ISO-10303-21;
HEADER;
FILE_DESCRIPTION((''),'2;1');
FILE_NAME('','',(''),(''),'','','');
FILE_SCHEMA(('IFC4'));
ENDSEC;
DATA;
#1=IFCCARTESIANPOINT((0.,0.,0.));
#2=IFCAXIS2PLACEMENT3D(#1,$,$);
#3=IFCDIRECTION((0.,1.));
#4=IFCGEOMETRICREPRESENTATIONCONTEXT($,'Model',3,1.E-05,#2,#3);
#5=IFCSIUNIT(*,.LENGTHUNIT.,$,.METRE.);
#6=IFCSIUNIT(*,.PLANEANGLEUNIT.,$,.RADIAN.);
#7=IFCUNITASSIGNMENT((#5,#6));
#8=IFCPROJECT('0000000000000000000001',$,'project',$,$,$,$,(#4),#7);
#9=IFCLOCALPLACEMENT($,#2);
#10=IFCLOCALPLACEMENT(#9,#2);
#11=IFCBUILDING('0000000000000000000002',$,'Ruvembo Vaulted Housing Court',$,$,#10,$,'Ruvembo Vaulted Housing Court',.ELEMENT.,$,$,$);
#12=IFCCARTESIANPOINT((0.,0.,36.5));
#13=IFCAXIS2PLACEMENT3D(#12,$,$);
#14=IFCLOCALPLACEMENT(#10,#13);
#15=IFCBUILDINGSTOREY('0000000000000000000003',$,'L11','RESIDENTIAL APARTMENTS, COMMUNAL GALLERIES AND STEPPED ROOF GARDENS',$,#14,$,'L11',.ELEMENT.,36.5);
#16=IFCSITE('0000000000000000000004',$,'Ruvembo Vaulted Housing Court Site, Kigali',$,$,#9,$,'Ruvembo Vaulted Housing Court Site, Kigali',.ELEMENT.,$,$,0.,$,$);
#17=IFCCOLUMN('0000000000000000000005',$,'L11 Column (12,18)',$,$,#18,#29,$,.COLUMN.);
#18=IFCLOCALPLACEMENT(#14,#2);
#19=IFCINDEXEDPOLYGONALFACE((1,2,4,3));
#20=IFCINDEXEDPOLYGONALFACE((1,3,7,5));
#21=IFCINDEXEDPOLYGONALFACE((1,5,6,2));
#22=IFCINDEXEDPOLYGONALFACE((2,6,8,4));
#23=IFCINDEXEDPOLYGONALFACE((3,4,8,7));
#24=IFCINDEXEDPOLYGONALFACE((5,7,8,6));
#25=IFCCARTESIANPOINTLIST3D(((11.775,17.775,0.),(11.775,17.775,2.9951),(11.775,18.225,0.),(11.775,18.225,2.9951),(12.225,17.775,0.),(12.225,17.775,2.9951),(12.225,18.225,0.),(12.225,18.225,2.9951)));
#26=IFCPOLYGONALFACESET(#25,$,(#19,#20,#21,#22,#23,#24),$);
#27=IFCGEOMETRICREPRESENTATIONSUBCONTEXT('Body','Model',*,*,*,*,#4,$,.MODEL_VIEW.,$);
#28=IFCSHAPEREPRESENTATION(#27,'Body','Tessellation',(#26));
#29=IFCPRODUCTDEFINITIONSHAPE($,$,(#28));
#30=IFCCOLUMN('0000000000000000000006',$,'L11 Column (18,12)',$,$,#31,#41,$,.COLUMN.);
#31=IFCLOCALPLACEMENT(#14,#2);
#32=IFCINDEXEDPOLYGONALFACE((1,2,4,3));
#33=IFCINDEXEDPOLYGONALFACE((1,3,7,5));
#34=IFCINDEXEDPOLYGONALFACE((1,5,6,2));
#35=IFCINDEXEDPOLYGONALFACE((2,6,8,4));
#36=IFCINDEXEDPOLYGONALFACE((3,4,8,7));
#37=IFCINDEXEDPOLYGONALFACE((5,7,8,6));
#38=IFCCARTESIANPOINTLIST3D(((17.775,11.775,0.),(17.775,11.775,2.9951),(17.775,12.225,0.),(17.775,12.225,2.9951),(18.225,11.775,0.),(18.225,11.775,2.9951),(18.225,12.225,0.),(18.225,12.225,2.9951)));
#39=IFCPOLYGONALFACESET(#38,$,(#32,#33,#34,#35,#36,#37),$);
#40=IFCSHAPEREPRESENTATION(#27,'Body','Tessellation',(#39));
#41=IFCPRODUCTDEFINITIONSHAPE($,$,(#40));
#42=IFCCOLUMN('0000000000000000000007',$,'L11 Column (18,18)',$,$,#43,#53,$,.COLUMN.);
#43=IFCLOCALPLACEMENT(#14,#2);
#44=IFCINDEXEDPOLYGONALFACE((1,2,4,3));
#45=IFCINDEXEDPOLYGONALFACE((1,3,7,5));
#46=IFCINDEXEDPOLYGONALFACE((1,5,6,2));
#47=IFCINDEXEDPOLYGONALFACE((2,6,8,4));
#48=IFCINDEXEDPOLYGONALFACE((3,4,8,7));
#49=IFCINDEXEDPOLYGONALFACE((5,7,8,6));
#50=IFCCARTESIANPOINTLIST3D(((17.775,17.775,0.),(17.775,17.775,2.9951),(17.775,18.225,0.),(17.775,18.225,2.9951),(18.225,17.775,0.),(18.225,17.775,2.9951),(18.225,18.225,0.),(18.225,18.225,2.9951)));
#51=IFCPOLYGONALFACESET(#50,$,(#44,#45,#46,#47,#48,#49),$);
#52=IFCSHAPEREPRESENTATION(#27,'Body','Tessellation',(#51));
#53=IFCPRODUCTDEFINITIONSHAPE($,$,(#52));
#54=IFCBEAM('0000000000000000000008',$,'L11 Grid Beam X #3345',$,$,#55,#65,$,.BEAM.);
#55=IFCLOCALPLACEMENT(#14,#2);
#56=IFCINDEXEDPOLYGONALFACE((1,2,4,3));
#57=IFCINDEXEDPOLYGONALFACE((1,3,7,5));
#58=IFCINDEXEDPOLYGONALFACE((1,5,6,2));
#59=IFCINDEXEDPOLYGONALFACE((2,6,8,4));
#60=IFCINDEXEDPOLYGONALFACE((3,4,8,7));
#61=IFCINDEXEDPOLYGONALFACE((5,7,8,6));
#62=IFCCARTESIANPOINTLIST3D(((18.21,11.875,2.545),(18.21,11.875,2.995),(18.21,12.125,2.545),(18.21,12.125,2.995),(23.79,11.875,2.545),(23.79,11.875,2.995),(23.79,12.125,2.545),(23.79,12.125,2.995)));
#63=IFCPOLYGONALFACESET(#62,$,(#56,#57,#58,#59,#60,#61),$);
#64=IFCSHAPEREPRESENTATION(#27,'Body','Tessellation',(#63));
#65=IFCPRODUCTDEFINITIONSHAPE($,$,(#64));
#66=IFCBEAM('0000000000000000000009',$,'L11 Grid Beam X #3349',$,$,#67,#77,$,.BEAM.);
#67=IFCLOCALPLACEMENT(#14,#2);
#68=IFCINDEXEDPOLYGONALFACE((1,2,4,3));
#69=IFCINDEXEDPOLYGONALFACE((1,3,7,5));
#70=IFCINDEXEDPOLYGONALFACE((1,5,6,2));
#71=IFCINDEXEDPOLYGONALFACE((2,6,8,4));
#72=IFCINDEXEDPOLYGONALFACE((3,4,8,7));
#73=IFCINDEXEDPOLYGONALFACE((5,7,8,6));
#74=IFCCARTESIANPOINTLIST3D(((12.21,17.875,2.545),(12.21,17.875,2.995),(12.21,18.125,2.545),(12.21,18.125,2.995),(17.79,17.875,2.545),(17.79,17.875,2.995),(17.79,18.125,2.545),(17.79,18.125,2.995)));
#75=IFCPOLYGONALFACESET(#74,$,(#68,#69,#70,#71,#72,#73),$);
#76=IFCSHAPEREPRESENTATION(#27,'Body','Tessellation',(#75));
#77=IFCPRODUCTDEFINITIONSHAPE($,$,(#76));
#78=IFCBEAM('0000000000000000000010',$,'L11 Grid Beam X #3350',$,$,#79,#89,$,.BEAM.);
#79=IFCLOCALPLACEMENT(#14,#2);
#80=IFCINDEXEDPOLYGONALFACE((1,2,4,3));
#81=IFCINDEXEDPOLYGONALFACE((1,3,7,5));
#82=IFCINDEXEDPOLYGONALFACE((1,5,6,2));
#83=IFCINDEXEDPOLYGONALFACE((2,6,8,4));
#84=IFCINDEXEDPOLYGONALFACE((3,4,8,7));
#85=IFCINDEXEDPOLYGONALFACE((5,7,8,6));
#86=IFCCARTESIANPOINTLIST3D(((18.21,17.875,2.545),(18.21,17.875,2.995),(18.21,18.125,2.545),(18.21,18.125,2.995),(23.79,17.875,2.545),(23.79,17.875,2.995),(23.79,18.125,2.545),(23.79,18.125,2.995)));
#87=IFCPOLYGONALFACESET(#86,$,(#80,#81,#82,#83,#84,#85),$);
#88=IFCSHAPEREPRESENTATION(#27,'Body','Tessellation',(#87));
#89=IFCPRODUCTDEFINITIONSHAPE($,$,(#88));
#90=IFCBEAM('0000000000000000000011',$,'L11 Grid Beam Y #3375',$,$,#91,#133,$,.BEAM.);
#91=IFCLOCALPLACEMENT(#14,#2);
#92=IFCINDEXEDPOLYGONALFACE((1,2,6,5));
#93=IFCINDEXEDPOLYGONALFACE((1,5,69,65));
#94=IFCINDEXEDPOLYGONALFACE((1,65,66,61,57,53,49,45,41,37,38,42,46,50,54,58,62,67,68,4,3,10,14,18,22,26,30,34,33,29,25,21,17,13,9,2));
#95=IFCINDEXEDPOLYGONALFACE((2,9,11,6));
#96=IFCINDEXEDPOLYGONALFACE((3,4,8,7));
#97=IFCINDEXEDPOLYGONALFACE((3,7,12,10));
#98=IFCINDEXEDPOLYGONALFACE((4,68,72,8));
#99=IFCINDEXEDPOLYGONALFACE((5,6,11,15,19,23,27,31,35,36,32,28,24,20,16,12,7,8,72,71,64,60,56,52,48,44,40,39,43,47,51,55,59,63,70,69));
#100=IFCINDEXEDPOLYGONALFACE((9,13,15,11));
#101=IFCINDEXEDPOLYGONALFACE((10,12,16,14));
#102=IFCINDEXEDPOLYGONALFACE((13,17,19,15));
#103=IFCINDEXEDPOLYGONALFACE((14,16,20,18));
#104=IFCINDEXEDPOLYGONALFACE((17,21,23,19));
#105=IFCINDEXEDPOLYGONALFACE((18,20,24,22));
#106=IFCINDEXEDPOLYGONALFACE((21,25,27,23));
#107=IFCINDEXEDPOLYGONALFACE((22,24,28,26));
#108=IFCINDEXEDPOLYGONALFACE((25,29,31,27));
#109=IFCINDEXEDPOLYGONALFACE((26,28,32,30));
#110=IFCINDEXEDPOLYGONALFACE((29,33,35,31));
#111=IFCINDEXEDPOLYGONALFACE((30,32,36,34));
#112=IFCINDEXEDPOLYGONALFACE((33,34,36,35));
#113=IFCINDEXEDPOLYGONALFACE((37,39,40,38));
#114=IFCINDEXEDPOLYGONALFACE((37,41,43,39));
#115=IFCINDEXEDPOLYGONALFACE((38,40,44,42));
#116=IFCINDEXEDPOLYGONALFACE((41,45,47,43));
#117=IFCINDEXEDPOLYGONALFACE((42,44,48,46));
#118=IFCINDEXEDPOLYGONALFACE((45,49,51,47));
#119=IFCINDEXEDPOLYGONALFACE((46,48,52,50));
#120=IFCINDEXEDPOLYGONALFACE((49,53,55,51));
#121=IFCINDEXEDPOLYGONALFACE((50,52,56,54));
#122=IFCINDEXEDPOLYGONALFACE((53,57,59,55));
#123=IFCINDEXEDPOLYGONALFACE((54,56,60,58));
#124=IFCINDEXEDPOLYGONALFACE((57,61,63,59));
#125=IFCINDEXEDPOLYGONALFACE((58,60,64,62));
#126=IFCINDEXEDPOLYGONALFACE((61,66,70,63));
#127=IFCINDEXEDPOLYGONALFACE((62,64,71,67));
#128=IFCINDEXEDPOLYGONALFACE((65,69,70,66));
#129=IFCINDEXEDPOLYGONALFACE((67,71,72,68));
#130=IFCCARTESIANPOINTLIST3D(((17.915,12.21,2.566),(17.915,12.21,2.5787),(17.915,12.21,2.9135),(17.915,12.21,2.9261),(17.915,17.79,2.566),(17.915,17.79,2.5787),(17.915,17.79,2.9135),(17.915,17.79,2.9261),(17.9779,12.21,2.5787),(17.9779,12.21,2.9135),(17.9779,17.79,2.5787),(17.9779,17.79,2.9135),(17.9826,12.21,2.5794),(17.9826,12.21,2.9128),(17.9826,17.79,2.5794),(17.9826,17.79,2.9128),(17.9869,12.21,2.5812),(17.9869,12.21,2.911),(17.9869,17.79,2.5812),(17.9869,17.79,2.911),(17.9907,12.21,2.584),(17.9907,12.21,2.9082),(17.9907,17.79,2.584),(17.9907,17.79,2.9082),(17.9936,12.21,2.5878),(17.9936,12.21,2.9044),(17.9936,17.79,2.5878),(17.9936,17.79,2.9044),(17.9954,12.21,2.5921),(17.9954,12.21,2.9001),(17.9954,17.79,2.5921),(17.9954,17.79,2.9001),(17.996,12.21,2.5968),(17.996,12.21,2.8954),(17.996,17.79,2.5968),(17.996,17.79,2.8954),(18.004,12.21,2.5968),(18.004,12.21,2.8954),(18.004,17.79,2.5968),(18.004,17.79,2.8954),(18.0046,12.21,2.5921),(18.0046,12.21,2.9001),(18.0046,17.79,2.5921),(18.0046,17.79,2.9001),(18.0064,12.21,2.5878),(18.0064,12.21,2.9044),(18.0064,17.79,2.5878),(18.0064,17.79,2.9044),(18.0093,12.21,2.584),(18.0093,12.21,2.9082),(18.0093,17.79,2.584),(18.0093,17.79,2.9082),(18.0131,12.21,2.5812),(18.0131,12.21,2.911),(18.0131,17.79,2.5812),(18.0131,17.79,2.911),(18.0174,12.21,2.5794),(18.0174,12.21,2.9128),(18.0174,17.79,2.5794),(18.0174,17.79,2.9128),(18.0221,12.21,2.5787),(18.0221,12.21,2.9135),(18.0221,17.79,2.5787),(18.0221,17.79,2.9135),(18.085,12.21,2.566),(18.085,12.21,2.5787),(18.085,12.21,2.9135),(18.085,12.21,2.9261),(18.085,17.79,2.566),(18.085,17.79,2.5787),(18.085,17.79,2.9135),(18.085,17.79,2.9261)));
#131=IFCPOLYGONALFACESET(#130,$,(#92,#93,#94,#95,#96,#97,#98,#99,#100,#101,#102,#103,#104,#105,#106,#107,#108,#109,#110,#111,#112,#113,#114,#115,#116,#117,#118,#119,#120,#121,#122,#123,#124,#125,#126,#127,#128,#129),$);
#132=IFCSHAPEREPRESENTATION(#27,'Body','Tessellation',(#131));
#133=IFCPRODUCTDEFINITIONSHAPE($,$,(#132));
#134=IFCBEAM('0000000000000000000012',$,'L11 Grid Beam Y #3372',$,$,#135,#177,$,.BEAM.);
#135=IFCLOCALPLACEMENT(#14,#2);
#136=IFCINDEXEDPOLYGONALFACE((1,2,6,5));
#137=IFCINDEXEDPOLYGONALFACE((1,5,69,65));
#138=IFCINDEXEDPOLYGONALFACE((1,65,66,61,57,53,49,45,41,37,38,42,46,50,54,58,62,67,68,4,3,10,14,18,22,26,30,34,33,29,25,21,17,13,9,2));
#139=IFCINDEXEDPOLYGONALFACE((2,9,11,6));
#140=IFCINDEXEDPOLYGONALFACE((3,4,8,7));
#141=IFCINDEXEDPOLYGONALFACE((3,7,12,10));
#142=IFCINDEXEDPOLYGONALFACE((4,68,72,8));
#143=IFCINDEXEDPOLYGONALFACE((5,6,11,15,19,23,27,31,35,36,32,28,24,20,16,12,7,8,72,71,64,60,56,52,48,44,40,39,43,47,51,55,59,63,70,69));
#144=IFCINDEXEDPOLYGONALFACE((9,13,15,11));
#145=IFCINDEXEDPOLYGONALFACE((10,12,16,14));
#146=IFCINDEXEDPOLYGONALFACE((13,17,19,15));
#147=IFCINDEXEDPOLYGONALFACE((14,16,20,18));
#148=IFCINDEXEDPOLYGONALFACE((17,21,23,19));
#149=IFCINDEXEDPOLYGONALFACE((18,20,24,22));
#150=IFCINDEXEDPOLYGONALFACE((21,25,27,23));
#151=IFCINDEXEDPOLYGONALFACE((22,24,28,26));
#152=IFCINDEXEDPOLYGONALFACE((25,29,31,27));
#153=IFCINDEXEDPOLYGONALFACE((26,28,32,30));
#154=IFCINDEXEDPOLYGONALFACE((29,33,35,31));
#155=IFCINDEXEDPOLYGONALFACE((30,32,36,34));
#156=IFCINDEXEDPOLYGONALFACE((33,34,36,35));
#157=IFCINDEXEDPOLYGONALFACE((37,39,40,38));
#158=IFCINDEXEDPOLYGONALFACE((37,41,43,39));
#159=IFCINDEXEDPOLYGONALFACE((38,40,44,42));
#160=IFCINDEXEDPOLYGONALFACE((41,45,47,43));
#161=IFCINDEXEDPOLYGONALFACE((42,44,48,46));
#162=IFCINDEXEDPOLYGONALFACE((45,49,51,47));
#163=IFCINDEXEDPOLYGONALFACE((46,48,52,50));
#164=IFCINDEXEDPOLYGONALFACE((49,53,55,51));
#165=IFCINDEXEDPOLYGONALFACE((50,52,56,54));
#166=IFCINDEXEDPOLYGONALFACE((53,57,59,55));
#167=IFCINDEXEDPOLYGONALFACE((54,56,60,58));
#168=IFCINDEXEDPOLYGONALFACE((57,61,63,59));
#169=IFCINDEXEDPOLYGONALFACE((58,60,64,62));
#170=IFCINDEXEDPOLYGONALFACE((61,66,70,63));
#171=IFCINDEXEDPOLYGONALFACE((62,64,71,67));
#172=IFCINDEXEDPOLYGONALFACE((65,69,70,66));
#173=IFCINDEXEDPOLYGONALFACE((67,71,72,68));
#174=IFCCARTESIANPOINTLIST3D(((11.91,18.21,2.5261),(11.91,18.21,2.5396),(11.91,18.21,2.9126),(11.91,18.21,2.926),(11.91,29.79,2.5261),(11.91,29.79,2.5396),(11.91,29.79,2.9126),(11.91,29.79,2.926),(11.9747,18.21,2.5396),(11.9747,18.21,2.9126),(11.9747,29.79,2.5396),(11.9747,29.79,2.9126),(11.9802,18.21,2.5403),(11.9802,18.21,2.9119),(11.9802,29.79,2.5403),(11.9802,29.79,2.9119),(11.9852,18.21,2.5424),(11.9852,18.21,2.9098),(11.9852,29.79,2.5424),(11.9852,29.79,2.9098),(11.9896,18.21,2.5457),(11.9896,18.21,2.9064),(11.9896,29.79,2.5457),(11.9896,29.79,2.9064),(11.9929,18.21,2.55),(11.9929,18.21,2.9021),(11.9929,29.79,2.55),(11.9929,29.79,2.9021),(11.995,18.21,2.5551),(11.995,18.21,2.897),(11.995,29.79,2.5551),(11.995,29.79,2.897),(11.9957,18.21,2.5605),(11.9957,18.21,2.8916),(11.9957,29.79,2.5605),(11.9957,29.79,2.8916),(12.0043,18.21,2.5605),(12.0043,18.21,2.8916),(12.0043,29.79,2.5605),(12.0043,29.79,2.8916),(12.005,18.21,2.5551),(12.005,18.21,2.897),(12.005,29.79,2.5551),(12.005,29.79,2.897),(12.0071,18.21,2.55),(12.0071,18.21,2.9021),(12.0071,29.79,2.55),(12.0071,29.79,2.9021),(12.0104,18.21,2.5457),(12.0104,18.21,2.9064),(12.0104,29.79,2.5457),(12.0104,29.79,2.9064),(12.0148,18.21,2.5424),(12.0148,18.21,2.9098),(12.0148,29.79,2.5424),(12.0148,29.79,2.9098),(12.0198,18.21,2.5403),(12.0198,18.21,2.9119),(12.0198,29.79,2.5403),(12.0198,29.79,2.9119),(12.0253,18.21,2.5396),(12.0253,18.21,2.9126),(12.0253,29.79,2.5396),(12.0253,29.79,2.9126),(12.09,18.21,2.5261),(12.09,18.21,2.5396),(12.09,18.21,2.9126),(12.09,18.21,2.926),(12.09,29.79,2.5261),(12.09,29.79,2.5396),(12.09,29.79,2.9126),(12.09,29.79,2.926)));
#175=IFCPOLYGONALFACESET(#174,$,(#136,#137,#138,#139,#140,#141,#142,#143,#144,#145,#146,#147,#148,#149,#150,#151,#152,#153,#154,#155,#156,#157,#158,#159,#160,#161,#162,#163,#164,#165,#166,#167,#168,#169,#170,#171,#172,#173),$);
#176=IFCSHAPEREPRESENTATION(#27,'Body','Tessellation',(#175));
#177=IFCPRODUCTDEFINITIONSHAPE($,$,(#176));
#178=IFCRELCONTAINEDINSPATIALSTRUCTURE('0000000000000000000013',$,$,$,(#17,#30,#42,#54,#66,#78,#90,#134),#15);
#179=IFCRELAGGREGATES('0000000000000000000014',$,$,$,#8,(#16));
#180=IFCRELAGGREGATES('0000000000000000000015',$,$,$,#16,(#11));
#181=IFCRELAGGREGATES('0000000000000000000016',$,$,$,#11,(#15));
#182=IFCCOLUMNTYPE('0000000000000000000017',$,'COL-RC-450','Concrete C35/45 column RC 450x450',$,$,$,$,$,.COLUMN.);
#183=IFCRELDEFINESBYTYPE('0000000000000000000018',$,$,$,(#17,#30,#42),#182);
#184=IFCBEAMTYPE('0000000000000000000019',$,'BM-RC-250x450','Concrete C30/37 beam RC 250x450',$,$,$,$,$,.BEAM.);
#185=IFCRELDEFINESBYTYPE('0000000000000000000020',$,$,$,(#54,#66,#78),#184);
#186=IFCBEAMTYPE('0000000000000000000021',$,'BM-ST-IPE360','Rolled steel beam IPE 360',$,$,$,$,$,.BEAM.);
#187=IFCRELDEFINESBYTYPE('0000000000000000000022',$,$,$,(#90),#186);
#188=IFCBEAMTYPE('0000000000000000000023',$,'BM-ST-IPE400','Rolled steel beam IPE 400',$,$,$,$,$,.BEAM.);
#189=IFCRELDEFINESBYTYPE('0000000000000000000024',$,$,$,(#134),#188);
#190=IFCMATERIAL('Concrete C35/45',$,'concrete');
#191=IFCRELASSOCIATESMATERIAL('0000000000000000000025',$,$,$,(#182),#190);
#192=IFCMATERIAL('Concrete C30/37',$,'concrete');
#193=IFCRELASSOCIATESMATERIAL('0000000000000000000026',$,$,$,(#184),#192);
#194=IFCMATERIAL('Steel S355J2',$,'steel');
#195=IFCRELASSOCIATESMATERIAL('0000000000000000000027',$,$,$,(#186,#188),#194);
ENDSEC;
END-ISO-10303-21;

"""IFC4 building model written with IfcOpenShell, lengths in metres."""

from ifc_helpers import new_model, si_unit, direction, frame, origin, origin_2d, place, context, subcontext, project, spatial, rectangle, i_section, extrude, material, material_profile, profile_set, type_object, element, save


model = new_model("IFC4")

# Units and contexts
model_context = context("Model", 3, precision=1e-05, world=origin(), true_north=direction((0.0, 1.0)))
body_context = subcontext(model_context, "Body", "Model", "MODEL_VIEW")
ifc_project = project(units=[si_unit("LENGTHUNIT", "METRE"), si_unit("PLANEANGLEUNIT", "RADIAN")], contexts=[model_context])

# Site, building, storey
site_placement = place(None, origin())
site = spatial("IfcSite", under=ifc_project, at=site_placement, Name="Ruvembo Vaulted Housing Court Site, Kigali", LongName="Ruvembo Vaulted Housing Court Site, Kigali", CompositionType="ELEMENT", RefElevation=0.0)
building_placement = place(site_placement, origin())
building = spatial("IfcBuilding", under=site, at=building_placement, Name="Ruvembo Vaulted Housing Court", LongName="Ruvembo Vaulted Housing Court", CompositionType="ELEMENT")
storey_placement = place(building_placement, frame((0.0, 0.0, 36.5)))
storey = spatial("IfcBuildingStorey", under=building, at=storey_placement, Name="L11", Description="RESIDENTIAL APARTMENTS, COMMUNAL GALLERIES AND STEPPED ROOF GARDENS", LongName="L11", CompositionType="ELEMENT", Elevation=36.5)

# Columns
ifc_material_1 = material(Name="Concrete C35/45", Category="concrete")
ifc_material_profile_1 = material_profile(ifc_material_1, rectangle(XDim=0.45, YDim=0.45, at=origin_2d()), Name="RC 450x450")
ifc_profile_set_1 = profile_set([ifc_material_profile_1], Name="Concrete C35/45")
column_type = type_object("IfcColumnType", Name="COL-RC-450", Description="Concrete C35/45 column RC 450x450", PredefinedType="COLUMN", material=ifc_profile_set_1)
for number, where, z_axis, x_axis, name in (
    (1, (12.0, 18.0, 0.0), (0.0, 0.0, 1.0), (1.0, 0.0, 0.0), "L11 Column (12,18)"),
    (2, (18.0, 12.0, 0.0), (0.0, 0.0, 1.0), (1.0, 0.0, 0.0), "L11 Column (18,12)"),
    (3, (18.0, 18.0, 0.0), (0.0, 0.0, 1.0), (1.0, 0.0, 0.0), "L11 Column (18,18)"),
):
    element("IfcColumn", number, at=place(storey_placement, frame(where, z_axis=z_axis, x_axis=x_axis)), inside=storey, type_object=column_type, Name=name, PredefinedType="COLUMN", context=body_context, shape_type="SweptSolid", body=[
        extrude(rectangle(XDim=0.45, YDim=0.45, at=origin_2d()), origin(), (0.0, 0.0, 1.0), 2.9951),
    ])

# Beams
ifc_material_2 = material(Name="Concrete C30/37", Category="concrete")
ifc_material_profile_2 = material_profile(ifc_material_2, rectangle(XDim=0.25, YDim=0.45, at=origin_2d()), Name="RC 250x450")
ifc_profile_set_2 = profile_set([ifc_material_profile_2], Name="Concrete C30/37")
beam_type_1 = type_object("IfcBeamType", Name="BM-RC-250x450", Description="Concrete C30/37 beam RC 250x450", PredefinedType="BEAM", material=ifc_profile_set_2)
for number, where, z_axis, x_axis, name in (
    (4, (18.21, 12.0, 2.77), (1.0, 0.0, 0.0), (0.0, 1.0, 0.0), "L11 Grid Beam X #3345"),
    (5, (12.21, 18.0, 2.77), (1.0, 0.0, 0.0), (0.0, 1.0, 0.0), "L11 Grid Beam X #3349"),
    (6, (18.21, 18.0, 2.77), (1.0, 0.0, 0.0), (0.0, 1.0, 0.0), "L11 Grid Beam X #3350"),
):
    element("IfcBeam", number, at=place(storey_placement, frame(where, z_axis=z_axis, x_axis=x_axis)), inside=storey, type_object=beam_type_1, Name=name, PredefinedType="BEAM", context=body_context, shape_type="SweptSolid", body=[
        extrude(rectangle(XDim=0.25, YDim=0.45, at=origin_2d()), origin(), (0.0, 0.0, 1.0), 5.5801),
    ])
ifc_material_3 = material(Name="Steel S355J2", Category="steel")
ifc_material_profile_3 = material_profile(ifc_material_3, i_section(OverallWidth=0.1699, OverallDepth=0.3601, WebThickness=0.0081, FlangeThickness=0.0127, FilletRadius=0.0181, at=origin_2d()), Name="IPE 360")
ifc_profile_set_3 = profile_set([ifc_material_profile_3], Name="Steel S355J2")
beam_type_2 = type_object("IfcBeamType", Name="BM-ST-IPE360", Description="Rolled steel beam IPE 360", PredefinedType="BEAM", material=ifc_profile_set_3)
beam_1_placement = place(storey_placement, frame((18.0, 12.21, 2.7461), z_axis=(0.0, 1.0, 0.0), x_axis=(-1.0, 0.0, 0.0)))
element("IfcBeam", 7, at=beam_1_placement, inside=storey, type_object=beam_type_2, Name="L11 Grid Beam Y #3375", PredefinedType="BEAM", context=body_context, shape_type="SweptSolid", body=[
    extrude(i_section(OverallWidth=0.1699, OverallDepth=0.3601, WebThickness=0.0081, FlangeThickness=0.0127, FilletRadius=0.0181, at=origin_2d()), origin(), (0.0, 0.0, 1.0), 5.5801),
])
ifc_material_profile_4 = material_profile(ifc_material_3, i_section(OverallWidth=0.1799, OverallDepth=0.3999, WebThickness=0.0085, FlangeThickness=0.0134, FilletRadius=0.021, at=origin_2d()), Name="IPE 400")
ifc_profile_set_4 = profile_set([ifc_material_profile_4], Name="Steel S355J2")
beam_type_3 = type_object("IfcBeamType", Name="BM-ST-IPE400", Description="Rolled steel beam IPE 400", PredefinedType="BEAM", material=ifc_profile_set_4)
beam_2_placement = place(storey_placement, frame((12.0, 18.21, 2.7261), z_axis=(0.0, 1.0, 0.0), x_axis=(-1.0, 0.0, 0.0)))
element("IfcBeam", 8, at=beam_2_placement, inside=storey, type_object=beam_type_3, Name="L11 Grid Beam Y #3372", PredefinedType="BEAM", context=body_context, shape_type="SweptSolid", body=[
    extrude(i_section(OverallWidth=0.1799, OverallDepth=0.3999, WebThickness=0.0085, FlangeThickness=0.0134, FilletRadius=0.021, at=origin_2d()), origin(), (0.0, 0.0, 1.0), 11.5801),
])

save(model, "model.ifc")
